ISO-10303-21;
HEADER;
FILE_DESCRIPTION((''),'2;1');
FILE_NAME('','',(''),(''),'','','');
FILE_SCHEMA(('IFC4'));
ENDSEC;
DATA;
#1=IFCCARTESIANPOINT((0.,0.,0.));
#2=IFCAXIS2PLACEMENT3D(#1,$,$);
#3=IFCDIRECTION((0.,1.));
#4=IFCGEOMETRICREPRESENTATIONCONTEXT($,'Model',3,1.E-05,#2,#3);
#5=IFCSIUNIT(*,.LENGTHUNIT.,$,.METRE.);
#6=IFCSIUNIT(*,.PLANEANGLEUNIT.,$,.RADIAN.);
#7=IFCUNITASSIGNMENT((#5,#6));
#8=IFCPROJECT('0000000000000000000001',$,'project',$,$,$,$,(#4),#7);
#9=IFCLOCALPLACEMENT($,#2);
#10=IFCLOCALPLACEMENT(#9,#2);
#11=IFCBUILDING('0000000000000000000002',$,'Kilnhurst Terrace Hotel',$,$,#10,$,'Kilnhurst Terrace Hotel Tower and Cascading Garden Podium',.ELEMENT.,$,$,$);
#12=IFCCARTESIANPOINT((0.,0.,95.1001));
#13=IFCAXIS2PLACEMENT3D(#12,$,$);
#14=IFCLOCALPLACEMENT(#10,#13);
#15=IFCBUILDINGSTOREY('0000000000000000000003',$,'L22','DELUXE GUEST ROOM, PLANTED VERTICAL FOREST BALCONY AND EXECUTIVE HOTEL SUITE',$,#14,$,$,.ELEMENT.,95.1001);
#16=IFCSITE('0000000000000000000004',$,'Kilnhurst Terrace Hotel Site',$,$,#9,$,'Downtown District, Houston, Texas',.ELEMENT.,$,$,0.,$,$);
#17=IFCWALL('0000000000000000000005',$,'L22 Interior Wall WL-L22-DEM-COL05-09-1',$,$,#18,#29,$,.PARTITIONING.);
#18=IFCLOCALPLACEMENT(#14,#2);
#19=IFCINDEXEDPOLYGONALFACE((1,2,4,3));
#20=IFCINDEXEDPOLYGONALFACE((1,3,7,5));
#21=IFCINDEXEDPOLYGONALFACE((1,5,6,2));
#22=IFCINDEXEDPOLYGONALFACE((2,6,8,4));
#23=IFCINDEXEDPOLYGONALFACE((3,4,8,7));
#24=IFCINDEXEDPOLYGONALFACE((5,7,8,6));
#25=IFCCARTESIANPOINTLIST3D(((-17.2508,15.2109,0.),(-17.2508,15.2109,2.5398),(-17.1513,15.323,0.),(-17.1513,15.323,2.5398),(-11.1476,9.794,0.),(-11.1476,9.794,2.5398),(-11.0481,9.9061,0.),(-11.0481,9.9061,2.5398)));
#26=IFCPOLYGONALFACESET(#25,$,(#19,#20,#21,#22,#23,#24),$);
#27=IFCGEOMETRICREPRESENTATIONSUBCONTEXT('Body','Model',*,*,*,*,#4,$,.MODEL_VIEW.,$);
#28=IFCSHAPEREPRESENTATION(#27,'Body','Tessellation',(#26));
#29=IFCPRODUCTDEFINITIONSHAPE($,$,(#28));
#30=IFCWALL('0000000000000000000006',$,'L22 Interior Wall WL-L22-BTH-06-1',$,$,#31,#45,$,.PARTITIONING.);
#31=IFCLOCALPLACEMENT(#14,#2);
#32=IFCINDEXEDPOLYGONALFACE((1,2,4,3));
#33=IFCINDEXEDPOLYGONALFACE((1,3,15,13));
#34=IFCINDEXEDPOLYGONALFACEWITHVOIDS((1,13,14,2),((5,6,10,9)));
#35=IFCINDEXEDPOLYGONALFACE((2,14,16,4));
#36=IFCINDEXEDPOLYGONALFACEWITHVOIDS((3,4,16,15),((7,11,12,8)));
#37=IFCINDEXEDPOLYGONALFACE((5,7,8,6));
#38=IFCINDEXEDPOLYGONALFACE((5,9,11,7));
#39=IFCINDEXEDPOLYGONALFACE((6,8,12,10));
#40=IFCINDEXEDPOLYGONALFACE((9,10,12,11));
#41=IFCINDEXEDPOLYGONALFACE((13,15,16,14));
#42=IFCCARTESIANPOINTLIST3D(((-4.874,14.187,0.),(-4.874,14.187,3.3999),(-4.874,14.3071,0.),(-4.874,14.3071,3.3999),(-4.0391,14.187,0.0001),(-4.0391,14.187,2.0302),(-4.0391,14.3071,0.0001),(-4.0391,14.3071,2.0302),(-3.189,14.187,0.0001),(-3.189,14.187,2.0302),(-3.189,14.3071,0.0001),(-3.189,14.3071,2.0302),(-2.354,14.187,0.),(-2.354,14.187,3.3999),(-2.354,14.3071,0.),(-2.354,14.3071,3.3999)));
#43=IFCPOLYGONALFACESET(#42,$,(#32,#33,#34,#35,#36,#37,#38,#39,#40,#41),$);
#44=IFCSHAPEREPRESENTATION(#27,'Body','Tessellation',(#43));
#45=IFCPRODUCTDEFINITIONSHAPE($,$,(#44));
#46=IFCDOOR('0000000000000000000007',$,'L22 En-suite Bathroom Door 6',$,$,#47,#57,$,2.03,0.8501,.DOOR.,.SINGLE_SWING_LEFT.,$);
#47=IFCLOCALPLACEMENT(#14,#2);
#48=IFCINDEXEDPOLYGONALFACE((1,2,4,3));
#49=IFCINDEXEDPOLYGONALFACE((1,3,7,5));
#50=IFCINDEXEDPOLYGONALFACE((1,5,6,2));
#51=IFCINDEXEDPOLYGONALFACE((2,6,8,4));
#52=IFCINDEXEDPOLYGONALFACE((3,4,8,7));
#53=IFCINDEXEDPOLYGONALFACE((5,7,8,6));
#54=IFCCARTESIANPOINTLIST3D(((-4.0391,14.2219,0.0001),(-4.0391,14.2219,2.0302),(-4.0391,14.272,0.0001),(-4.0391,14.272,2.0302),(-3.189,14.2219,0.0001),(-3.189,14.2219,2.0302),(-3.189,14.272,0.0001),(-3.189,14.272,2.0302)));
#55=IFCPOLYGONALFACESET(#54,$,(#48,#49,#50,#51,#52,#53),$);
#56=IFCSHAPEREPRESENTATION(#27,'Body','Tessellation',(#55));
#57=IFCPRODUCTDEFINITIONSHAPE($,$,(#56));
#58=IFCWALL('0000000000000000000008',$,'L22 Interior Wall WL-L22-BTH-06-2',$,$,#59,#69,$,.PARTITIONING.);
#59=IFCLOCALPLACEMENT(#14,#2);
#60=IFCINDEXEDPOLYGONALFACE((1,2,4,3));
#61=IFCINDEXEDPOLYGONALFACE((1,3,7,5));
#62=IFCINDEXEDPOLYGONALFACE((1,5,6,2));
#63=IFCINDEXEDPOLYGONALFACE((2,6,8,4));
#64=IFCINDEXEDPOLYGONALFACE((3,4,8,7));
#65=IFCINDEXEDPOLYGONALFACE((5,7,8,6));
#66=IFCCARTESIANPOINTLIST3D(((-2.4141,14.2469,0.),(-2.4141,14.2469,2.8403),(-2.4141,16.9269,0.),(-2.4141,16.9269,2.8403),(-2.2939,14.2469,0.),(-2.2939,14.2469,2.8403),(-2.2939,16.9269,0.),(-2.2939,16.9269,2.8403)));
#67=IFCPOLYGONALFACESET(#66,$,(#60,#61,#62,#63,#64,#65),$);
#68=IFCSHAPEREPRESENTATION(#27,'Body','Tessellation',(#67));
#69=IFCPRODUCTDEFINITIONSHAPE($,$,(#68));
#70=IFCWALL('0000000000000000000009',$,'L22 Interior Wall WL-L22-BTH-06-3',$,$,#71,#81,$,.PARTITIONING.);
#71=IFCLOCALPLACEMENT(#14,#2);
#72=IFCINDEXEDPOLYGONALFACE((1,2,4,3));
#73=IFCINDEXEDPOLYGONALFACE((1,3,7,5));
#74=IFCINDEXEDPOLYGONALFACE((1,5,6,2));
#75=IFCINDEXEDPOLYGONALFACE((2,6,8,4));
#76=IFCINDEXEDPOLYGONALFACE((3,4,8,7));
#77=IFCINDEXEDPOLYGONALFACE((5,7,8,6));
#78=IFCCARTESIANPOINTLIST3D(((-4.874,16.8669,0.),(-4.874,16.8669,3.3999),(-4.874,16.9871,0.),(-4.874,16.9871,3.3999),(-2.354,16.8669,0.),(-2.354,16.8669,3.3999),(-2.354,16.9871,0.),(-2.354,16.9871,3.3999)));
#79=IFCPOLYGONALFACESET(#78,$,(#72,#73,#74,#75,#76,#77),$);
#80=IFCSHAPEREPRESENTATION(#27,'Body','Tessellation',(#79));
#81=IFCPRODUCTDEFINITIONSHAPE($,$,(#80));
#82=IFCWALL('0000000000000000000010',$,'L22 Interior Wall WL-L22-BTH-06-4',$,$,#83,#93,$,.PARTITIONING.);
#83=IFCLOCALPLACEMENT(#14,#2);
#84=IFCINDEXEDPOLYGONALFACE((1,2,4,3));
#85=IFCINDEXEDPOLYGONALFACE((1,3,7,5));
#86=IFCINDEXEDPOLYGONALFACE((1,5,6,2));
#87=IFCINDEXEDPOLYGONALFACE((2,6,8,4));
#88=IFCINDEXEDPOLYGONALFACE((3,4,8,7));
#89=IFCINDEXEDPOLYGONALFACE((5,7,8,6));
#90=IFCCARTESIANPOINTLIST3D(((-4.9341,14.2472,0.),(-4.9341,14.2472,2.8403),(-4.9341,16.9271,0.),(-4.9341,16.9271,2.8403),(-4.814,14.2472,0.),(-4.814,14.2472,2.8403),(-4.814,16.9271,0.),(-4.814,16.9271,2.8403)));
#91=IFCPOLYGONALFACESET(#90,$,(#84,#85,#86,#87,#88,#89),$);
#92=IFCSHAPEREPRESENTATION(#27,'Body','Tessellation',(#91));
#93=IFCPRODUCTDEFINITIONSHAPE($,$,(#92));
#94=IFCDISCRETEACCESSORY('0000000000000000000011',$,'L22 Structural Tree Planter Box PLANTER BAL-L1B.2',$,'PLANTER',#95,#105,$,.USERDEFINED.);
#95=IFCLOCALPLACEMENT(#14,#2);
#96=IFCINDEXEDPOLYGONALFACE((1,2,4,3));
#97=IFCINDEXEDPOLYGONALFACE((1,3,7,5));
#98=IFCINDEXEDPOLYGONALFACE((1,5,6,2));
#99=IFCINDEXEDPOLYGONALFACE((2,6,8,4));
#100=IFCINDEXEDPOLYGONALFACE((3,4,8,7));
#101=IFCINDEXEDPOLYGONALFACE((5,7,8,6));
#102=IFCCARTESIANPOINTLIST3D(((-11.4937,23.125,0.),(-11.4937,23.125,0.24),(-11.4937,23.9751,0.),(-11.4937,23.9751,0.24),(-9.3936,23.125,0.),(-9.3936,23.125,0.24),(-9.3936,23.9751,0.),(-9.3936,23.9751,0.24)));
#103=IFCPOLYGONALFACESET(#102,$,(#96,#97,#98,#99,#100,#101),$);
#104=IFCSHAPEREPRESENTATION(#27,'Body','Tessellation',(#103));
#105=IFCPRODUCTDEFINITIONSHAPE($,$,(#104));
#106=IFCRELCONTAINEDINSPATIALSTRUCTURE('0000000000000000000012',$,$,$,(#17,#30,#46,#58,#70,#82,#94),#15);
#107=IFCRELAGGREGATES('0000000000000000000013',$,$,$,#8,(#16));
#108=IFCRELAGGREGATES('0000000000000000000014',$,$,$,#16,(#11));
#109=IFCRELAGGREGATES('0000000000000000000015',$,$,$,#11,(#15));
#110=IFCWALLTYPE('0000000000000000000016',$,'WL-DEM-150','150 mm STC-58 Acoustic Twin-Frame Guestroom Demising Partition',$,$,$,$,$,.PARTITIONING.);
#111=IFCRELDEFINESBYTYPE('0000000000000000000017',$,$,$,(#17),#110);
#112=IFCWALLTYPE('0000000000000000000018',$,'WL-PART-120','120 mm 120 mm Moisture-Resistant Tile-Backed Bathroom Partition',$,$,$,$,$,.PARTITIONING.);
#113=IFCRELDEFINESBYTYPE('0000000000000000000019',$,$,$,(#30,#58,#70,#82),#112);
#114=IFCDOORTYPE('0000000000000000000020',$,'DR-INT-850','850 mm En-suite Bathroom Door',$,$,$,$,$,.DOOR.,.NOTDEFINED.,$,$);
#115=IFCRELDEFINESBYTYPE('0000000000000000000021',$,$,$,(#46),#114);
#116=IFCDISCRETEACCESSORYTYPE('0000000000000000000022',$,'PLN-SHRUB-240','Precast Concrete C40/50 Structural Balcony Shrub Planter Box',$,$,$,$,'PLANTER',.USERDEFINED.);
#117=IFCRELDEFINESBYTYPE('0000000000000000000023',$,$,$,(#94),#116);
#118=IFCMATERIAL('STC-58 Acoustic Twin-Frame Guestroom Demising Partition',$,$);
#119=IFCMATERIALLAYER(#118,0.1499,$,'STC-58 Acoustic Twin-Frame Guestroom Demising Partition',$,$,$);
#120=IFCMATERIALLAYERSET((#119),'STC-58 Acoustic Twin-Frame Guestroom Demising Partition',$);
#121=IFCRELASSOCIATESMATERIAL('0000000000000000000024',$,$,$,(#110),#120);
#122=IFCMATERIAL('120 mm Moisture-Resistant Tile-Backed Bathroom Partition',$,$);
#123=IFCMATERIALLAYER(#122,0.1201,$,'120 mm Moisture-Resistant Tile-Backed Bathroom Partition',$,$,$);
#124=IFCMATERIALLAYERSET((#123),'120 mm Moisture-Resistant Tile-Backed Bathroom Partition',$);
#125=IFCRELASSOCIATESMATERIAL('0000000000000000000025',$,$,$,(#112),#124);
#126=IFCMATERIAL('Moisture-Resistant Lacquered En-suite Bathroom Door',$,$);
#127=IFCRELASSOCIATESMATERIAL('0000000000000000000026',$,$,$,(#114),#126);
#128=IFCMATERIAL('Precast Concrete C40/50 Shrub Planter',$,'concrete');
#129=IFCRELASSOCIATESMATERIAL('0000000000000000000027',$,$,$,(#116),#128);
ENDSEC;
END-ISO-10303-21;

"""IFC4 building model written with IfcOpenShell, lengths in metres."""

from ifc_helpers import new_model, si_unit, direction, frame, frame_2d, origin, origin_2d, place, context, subcontext, project, spatial, rectangle, extrude, material, layer, layer_set, type_object, element, fill, save


model = new_model("IFC4")

# Units and contexts
model_context = context("Model", 3, precision=1e-05, world=origin(), true_north=direction((0.0, 1.0)))
body_context = subcontext(model_context, "Body", "Model", "MODEL_VIEW")
ifc_project = project(units=[si_unit("LENGTHUNIT", "METRE"), si_unit("PLANEANGLEUNIT", "RADIAN")], contexts=[model_context])

# Site, building, storey
site_placement = place(None, origin())
site = spatial("IfcSite", under=ifc_project, at=site_placement, Name="Kilnhurst Terrace Hotel Site", LongName="Downtown District, Houston, Texas", CompositionType="ELEMENT", RefElevation=0.0)
building_placement = place(site_placement, origin())
building = spatial("IfcBuilding", under=site, at=building_placement, Name="Kilnhurst Terrace Hotel", LongName="Kilnhurst Terrace Hotel Tower and Cascading Garden Podium", CompositionType="ELEMENT")
storey_placement = place(building_placement, frame((0.0, 0.0, 95.1001)))
storey = spatial("IfcBuildingStorey", under=building, at=storey_placement, Name="L22", Description="DELUXE GUEST ROOM, PLANTED VERTICAL FOREST BALCONY AND EXECUTIVE HOTEL SUITE", CompositionType="ELEMENT", Elevation=95.1001)

# Wall
ifc_material_1 = material(Name="STC-58 Acoustic Twin-Frame Guestroom Demising Partition")
ifc_layer_1 = layer(ifc_material_1, 0.1499, Name="STC-58 Acoustic Twin-Frame Guestroom Demising Partition")
ifc_layer_set_1 = layer_set([ifc_layer_1], Name="STC-58 Acoustic Twin-Frame Guestroom Demising Partition")
wall_type_1 = type_object("IfcWallType", Name="WL-DEM-150", Description="150 mm STC-58 Acoustic Twin-Frame Guestroom Demising Partition", PredefinedType="PARTITIONING", material=ifc_layer_set_1)
wall_1_placement = place(storey_placement, frame((-11.0979, 9.8501, 0.0), z_axis=(0.0, 0.0, 1.0), x_axis=(-0.747904, 0.663807, 0.0)))
element("IfcWall", 1, at=wall_1_placement, inside=storey, type_object=wall_type_1, Name="L22 Interior Wall WL-L22-DEM-COL05-09-1", PredefinedType="PARTITIONING", context=body_context, shape_type="SweptSolid", body=[
    extrude(rectangle(XDim=8.1604, YDim=0.1499, at=frame_2d((4.0801, 0.0))), origin(), (0.0, 0.0, 1.0), 2.5398),
])

# Wall, opening, door
ifc_material_2 = material(Name="120 mm Moisture-Resistant Tile-Backed Bathroom Partition")
ifc_layer_2 = layer(ifc_material_2, 0.1201, Name="120 mm Moisture-Resistant Tile-Backed Bathroom Partition")
ifc_layer_set_2 = layer_set([ifc_layer_2], Name="120 mm Moisture-Resistant Tile-Backed Bathroom Partition")
wall_type_2 = type_object("IfcWallType", Name="WL-PART-120", Description="120 mm 120 mm Moisture-Resistant Tile-Backed Bathroom Partition", PredefinedType="PARTITIONING", material=ifc_layer_set_2)
wall_2_placement = place(storey_placement, frame((-4.874, 14.2471, 0.0), z_axis=(0.0, 0.0, 1.0), x_axis=(1.0, 0.0, 0.0)))
wall_2 = element("IfcWall", 2, at=wall_2_placement, inside=storey, type_object=wall_type_2, Name="L22 Interior Wall WL-L22-BTH-06-1", PredefinedType="PARTITIONING", context=body_context, shape_type="SweptSolid", body=[
    extrude(rectangle(XDim=2.52, YDim=0.1201, at=frame_2d((1.26, 0.0))), origin(), (0.0, 0.0, 1.0), 3.3999),
])
opening_placement = place(wall_2_placement, frame((0.835, 0.0, 0.0)))
opening = element("IfcOpeningElement", 3, at=opening_placement, cuts=wall_2, PredefinedType="OPENING", context=body_context, shape_type="SweptSolid", body=[
    extrude(rectangle(XDim=0.8501, YDim=2.03, at=frame_2d((0.425, 1.0151))), frame((0.0, 0.0701, 0.0), z_axis=(0.0, -1.0, 0.0), x_axis=(1.0, 0.0, 0.0)), (0.0, 0.0, 1.0), 0.1401),
])
ifc_material_3 = material(Name="Moisture-Resistant Lacquered En-suite Bathroom Door")
door_type = type_object("IfcDoorType", Name="DR-INT-850", Description="850 mm En-suite Bathroom Door", OperationType="NOTDEFINED", PredefinedType="DOOR", material=ifc_material_3)
door_placement = place(opening_placement, origin())
door = element("IfcDoor", 4, at=door_placement, inside=storey, type_object=door_type, Name="L22 En-suite Bathroom Door 6", OperationType="SINGLE_SWING_LEFT", OverallHeight=2.03, OverallWidth=0.8501, PredefinedType="DOOR", context=body_context, shape_type="SweptSolid", body=[
    extrude(rectangle(XDim=0.8501, YDim=2.03, at=frame_2d((0.425, 1.0151))), frame((0.0, 0.0249, 0.0), z_axis=(0.0, -1.0, 0.0), x_axis=(1.0, 0.0, 0.0)), (0.0, 0.0, 1.0), 0.05),
])
fill(opening, door)

# Walls
wall_3_placement = place(storey_placement, frame((-2.354, 14.2471, 0.0), z_axis=(0.0, 0.0, 1.0), x_axis=(0.0, 1.0, 0.0)))
element("IfcWall", 5, at=wall_3_placement, inside=storey, type_object=wall_type_2, Name="L22 Interior Wall WL-L22-BTH-06-2", PredefinedType="PARTITIONING", context=body_context, shape_type="SweptSolid", body=[
    extrude(rectangle(XDim=2.6799, YDim=0.1201, at=frame_2d((1.3398, 0.0))), origin(), (0.0, 0.0, 1.0), 2.8403),
])
wall_4_placement = place(storey_placement, frame((-2.354, 16.927, 0.0), z_axis=(0.0, 0.0, 1.0), x_axis=(-1.0, 0.0, 0.0)))
element("IfcWall", 6, at=wall_4_placement, inside=storey, type_object=wall_type_2, Name="L22 Interior Wall WL-L22-BTH-06-3", PredefinedType="PARTITIONING", context=body_context, shape_type="SweptSolid", body=[
    extrude(rectangle(XDim=2.52, YDim=0.1201, at=frame_2d((1.26, 0.0))), origin(), (0.0, 0.0, 1.0), 3.3999),
])
wall_5_placement = place(storey_placement, frame((-4.874, 16.927, 0.0), z_axis=(0.0, 0.0, 1.0), x_axis=(0.0, -1.0, 0.0)))
element("IfcWall", 7, at=wall_5_placement, inside=storey, type_object=wall_type_2, Name="L22 Interior Wall WL-L22-BTH-06-4", PredefinedType="PARTITIONING", context=body_context, shape_type="SweptSolid", body=[
    extrude(rectangle(XDim=2.6799, YDim=0.1201, at=frame_2d((1.3398, 0.0))), origin(), (0.0, 0.0, 1.0), 2.8403),
])

# Discrete accessory
ifc_material_4 = material(Name="Precast Concrete C40/50 Shrub Planter", Category="concrete")
discrete_accessory_type = type_object("IfcDiscreteAccessoryType", Name="PLN-SHRUB-240", Description="Precast Concrete C40/50 Structural Balcony Shrub Planter Box", ElementType="PLANTER", PredefinedType="USERDEFINED", material=ifc_material_4)
discrete_accessory_placement = place(storey_placement, frame((-10.4436, 23.55, 0.0), z_axis=(0.0, 0.0, 1.0), x_axis=(-1.0, 0.0, 0.0)))
element("IfcDiscreteAccessory", 8, at=discrete_accessory_placement, inside=storey, type_object=discrete_accessory_type, Name="L22 Structural Tree Planter Box PLANTER BAL-L1B.2", ObjectType="PLANTER", PredefinedType="USERDEFINED", context=body_context, shape_type="SweptSolid", body=[
    extrude(rectangle(XDim=2.1001, YDim=0.8501, at=origin_2d()), origin(), (0.0, 0.0, 1.0), 0.24),
])

save(model, "model.ifc")
